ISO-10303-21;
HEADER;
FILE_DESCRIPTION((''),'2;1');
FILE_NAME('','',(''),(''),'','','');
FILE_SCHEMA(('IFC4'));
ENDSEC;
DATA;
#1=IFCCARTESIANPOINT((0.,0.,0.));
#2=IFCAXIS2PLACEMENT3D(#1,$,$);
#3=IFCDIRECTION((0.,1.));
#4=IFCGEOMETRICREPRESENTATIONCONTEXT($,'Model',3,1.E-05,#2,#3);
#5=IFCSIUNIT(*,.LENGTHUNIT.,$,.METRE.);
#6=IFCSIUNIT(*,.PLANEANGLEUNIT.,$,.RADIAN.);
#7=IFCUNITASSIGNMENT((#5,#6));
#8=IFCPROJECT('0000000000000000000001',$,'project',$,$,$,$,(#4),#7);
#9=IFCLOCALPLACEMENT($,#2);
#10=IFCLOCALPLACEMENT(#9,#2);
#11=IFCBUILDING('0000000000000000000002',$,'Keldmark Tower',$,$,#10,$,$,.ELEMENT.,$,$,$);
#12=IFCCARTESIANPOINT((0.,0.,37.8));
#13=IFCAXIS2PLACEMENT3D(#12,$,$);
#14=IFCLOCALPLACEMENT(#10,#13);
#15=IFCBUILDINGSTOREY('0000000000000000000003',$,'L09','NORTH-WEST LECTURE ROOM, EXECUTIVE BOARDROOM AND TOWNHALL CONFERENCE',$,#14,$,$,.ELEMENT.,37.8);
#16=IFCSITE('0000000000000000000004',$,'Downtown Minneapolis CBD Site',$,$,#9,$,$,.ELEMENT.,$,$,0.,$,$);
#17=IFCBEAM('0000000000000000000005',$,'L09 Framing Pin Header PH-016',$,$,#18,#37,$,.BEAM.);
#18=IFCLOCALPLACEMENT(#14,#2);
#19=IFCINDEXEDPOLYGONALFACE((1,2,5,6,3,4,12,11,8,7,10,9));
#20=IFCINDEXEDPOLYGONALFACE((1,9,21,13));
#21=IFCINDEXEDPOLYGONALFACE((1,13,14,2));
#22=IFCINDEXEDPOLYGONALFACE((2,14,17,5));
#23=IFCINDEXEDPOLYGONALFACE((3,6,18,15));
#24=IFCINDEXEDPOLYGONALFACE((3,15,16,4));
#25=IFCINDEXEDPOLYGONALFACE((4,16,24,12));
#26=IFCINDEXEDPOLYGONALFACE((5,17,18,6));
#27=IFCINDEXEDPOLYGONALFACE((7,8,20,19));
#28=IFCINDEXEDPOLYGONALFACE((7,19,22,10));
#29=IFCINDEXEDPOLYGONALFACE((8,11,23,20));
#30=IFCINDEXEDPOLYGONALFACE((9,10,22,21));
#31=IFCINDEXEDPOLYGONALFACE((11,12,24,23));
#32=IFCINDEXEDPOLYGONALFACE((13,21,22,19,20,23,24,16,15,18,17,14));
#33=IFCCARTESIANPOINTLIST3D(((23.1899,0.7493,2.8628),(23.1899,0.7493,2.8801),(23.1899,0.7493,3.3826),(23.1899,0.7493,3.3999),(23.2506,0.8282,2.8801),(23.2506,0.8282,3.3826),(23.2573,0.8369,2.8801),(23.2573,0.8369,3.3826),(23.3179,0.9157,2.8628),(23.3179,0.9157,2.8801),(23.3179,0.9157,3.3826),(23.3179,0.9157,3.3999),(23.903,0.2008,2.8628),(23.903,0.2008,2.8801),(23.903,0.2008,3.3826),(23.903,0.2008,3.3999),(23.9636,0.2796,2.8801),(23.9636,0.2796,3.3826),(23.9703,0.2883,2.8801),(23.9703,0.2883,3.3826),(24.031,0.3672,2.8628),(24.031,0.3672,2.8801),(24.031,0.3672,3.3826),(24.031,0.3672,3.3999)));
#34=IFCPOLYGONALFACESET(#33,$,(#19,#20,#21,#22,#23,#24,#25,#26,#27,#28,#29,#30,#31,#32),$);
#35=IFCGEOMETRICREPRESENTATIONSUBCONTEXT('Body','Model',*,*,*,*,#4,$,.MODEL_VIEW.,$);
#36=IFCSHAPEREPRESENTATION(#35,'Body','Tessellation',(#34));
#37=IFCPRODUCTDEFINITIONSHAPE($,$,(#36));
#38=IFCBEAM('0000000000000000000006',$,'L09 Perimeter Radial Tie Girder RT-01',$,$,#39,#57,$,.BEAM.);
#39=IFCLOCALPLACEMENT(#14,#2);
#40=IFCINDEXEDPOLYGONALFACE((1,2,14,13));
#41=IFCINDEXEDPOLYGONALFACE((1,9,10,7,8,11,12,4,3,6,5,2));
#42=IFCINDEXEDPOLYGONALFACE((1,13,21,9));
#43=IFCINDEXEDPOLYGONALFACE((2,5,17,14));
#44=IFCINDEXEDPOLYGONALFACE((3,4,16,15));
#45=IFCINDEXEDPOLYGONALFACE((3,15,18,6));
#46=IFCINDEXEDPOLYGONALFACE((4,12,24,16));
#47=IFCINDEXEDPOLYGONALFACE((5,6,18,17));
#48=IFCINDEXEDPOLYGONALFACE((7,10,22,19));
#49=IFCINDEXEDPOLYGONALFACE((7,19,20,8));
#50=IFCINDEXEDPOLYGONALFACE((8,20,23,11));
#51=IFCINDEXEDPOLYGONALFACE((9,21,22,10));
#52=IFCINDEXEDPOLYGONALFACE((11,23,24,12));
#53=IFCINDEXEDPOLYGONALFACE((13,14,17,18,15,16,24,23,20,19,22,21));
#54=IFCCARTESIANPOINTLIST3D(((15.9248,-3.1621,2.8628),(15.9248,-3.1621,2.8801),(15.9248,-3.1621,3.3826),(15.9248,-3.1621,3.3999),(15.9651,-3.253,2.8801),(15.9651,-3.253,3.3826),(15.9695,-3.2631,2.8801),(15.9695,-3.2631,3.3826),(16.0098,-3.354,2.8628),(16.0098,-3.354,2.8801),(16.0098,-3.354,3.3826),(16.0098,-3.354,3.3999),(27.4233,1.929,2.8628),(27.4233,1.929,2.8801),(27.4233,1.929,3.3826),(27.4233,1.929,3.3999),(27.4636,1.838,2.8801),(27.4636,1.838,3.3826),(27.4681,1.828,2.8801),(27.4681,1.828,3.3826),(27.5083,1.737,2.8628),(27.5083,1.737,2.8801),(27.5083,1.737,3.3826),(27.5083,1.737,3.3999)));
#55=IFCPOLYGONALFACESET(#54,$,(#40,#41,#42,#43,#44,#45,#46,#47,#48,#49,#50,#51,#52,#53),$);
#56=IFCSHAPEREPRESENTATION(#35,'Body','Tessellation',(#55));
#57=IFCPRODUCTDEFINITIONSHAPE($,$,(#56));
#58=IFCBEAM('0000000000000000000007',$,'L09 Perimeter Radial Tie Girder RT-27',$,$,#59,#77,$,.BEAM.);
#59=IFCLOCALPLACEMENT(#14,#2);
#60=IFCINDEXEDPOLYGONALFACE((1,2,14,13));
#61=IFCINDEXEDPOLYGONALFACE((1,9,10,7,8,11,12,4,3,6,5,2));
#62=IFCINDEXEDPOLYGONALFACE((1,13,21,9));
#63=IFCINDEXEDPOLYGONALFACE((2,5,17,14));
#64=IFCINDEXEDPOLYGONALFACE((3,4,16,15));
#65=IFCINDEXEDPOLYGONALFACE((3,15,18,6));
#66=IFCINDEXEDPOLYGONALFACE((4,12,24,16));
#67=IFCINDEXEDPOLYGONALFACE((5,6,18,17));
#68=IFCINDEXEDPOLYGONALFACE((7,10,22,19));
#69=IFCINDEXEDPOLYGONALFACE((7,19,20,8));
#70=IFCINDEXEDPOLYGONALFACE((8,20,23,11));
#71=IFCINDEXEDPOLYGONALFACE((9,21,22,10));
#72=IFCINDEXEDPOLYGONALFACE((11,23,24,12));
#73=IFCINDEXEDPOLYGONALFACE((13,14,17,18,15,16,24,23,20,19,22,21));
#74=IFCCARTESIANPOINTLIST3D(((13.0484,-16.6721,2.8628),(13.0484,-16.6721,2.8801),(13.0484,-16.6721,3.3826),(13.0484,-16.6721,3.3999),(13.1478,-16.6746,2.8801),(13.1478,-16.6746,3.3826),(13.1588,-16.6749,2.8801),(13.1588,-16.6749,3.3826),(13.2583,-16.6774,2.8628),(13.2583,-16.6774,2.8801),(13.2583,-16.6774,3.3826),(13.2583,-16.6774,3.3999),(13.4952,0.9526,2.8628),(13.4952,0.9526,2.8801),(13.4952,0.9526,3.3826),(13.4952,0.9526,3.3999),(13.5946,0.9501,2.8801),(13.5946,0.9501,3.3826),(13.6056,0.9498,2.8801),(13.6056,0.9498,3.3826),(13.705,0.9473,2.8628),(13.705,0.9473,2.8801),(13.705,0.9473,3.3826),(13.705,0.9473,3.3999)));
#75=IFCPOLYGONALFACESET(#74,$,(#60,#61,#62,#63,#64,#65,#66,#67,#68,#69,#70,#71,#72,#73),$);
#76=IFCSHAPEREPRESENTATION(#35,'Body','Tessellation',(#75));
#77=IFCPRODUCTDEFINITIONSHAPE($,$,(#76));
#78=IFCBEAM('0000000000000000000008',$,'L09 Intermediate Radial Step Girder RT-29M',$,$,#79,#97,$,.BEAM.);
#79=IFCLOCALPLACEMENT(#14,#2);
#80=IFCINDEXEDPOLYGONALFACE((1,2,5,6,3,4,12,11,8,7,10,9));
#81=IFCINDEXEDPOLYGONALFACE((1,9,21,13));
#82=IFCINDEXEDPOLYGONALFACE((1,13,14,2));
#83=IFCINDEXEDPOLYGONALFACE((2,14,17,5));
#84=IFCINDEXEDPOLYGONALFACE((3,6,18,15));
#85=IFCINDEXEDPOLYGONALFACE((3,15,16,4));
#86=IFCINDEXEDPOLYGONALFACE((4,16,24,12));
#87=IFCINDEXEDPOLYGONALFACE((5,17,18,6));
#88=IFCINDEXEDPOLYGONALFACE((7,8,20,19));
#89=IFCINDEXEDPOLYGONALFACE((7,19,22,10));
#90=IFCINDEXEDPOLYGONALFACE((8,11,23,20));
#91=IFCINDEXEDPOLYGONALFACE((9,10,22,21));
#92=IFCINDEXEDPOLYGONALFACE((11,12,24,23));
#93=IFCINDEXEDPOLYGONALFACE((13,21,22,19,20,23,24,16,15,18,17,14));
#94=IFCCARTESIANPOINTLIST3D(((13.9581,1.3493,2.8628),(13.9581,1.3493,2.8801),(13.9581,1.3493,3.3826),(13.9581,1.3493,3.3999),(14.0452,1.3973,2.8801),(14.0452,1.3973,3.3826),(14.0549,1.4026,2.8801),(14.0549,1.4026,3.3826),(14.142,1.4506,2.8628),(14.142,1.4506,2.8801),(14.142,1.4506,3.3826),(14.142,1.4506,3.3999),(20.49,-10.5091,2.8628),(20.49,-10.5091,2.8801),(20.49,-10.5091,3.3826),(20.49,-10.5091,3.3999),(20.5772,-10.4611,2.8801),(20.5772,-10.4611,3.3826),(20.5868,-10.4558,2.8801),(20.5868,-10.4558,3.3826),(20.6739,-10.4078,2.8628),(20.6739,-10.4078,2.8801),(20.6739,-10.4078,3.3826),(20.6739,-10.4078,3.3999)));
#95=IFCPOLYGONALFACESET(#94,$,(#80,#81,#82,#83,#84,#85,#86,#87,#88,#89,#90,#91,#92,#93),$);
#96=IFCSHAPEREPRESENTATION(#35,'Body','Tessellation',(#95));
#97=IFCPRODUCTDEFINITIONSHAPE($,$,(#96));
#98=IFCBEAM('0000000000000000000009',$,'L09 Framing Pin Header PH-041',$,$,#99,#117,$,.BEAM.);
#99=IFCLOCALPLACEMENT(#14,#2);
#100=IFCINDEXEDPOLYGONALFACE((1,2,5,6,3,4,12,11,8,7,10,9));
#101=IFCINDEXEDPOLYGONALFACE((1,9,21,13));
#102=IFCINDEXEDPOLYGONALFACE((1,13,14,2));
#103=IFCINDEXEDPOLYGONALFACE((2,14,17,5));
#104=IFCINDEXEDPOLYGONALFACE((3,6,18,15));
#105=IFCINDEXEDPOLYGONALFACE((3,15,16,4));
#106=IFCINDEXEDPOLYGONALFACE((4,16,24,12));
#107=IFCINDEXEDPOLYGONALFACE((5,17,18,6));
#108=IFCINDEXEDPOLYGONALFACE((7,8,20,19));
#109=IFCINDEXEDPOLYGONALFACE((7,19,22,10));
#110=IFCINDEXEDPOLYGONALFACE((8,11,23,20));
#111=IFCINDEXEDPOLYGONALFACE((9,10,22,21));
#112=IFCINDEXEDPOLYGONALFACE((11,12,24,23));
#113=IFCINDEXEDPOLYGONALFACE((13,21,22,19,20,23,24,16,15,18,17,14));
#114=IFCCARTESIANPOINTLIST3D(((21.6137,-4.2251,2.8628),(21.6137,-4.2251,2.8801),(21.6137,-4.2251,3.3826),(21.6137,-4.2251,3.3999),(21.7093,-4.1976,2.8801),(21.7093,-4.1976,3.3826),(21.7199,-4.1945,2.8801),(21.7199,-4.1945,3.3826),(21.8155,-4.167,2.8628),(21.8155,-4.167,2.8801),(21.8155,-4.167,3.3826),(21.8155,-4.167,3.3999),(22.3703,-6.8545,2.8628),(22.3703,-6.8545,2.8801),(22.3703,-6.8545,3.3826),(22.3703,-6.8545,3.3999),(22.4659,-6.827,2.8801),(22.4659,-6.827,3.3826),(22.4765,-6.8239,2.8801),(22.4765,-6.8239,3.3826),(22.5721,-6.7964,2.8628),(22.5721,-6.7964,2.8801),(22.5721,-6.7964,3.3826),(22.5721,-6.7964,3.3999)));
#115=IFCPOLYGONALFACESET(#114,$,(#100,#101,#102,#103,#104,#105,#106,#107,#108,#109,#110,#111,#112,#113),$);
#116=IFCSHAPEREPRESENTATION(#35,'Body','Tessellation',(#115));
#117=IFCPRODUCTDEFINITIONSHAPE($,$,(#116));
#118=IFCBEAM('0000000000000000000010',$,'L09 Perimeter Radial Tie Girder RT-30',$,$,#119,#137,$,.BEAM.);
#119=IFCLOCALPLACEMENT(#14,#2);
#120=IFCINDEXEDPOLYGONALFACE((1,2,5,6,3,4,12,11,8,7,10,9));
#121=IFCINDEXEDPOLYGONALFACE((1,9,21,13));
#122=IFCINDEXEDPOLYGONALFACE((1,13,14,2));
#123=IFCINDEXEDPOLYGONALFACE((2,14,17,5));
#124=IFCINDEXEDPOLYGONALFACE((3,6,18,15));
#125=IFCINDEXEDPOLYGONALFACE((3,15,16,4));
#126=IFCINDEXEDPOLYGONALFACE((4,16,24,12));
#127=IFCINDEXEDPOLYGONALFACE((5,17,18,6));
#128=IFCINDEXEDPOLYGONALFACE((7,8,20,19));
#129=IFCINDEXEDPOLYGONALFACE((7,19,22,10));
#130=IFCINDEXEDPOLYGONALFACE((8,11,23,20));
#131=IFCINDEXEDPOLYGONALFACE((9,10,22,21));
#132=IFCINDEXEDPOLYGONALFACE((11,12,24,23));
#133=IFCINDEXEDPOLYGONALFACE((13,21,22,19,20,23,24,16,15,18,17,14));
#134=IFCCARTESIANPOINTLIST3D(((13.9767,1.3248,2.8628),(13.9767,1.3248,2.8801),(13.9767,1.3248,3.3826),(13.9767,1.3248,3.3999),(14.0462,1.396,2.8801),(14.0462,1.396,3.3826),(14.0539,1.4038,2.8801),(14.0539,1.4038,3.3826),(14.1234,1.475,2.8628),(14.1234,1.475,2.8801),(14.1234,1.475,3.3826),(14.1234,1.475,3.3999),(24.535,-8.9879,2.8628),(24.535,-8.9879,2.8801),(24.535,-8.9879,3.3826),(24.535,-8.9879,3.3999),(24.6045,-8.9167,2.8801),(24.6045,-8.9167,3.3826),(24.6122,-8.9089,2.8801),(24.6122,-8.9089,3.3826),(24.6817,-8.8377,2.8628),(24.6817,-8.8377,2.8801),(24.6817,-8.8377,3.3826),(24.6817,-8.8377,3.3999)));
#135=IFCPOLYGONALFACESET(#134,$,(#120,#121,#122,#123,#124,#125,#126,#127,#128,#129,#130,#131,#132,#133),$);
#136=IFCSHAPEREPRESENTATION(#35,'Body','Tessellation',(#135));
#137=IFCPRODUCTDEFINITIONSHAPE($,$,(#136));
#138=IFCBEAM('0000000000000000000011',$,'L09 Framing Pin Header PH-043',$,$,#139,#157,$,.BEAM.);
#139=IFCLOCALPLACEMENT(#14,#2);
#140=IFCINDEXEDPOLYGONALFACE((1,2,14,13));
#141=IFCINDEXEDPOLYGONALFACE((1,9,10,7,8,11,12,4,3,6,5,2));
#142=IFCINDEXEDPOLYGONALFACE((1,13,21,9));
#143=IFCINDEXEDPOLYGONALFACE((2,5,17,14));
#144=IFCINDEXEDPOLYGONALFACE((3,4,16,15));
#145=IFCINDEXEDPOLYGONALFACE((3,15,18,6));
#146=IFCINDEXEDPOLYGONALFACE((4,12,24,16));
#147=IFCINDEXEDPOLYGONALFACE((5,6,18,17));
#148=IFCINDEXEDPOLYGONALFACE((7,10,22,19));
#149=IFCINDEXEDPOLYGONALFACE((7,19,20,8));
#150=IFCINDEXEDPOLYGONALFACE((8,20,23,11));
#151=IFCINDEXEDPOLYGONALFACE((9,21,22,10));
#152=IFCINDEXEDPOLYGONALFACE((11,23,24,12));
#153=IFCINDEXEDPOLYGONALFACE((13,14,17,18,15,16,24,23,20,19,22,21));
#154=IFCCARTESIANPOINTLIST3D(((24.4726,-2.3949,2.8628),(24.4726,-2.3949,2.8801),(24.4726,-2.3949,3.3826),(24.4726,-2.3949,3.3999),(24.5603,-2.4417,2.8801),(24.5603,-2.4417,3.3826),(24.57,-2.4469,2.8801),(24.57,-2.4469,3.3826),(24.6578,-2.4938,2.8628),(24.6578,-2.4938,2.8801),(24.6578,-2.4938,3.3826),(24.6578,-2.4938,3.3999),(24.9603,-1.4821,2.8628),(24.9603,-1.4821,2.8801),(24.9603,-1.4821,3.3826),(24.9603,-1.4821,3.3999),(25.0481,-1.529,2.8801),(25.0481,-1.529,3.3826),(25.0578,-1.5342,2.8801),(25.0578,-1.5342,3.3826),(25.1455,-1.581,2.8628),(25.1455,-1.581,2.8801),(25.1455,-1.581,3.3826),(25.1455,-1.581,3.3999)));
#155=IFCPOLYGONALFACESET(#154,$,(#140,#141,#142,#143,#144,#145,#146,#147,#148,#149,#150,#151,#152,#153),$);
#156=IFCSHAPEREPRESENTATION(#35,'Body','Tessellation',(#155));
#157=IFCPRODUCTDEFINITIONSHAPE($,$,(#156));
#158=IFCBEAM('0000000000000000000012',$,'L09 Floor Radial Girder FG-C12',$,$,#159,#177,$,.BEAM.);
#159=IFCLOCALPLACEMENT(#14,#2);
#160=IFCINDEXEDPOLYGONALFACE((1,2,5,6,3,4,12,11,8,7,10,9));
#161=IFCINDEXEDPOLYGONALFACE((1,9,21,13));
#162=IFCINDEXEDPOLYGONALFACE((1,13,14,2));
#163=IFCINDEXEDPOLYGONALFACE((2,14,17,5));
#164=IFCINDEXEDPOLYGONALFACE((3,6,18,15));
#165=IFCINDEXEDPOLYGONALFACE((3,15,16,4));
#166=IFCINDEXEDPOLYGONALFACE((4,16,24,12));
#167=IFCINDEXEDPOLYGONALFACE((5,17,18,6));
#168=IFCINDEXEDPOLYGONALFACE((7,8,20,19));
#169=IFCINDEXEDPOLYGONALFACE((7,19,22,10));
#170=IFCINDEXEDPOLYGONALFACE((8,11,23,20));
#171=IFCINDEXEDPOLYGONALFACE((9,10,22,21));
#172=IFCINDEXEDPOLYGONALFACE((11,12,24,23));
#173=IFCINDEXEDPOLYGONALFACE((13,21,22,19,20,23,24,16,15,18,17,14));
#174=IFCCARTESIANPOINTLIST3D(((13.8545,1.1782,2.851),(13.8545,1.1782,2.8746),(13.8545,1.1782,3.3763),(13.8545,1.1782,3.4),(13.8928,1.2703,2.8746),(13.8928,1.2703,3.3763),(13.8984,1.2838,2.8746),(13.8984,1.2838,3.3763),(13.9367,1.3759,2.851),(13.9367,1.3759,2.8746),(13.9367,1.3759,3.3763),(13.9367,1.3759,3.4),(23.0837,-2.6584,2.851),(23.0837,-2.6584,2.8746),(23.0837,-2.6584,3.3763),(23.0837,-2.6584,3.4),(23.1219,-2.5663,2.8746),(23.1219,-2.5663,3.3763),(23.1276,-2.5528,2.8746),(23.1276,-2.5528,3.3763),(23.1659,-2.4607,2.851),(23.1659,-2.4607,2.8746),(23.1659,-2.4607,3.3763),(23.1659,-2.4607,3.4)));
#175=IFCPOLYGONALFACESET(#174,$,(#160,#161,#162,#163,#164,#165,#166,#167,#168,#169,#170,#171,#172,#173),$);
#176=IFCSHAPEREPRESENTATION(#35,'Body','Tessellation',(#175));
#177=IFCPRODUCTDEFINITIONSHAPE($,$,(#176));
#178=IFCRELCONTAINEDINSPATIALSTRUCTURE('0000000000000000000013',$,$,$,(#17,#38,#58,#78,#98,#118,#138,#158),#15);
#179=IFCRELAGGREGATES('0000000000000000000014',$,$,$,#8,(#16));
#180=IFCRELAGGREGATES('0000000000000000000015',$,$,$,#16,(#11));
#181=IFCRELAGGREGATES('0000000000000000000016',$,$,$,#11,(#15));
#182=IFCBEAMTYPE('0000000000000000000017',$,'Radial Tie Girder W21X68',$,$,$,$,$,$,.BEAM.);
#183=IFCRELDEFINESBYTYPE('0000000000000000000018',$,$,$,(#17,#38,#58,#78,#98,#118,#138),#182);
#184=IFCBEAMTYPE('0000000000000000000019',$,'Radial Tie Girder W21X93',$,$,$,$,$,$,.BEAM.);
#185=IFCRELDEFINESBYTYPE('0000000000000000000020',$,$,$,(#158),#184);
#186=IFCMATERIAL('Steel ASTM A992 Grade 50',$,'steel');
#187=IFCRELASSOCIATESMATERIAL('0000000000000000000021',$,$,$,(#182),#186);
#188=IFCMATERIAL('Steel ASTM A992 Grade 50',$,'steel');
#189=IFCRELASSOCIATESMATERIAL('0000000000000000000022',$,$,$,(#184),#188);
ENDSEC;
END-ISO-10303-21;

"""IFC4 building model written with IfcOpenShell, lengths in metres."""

from ifc_helpers import new_model, si_unit, direction, frame, origin, origin_2d, place, context, subcontext, project, spatial, i_section, extrude, material, material_profile, profile_set, type_object, element, save


model = new_model("IFC4")

# Units and contexts
model_context = context("Model", 3, precision=1e-05, world=origin(), true_north=direction((0.0, 1.0)))
body_context = subcontext(model_context, "Body", "Model", "MODEL_VIEW")
ifc_project = project(units=[si_unit("LENGTHUNIT", "METRE"), si_unit("PLANEANGLEUNIT", "RADIAN")], contexts=[model_context])

# Site, building, storey
site_placement = place(None, origin())
site = spatial("IfcSite", under=ifc_project, at=site_placement, Name="Downtown Minneapolis CBD Site", CompositionType="ELEMENT", RefElevation=0.0)
building_placement = place(site_placement, origin())
building = spatial("IfcBuilding", under=site, at=building_placement, Name="Keldmark Tower", CompositionType="ELEMENT")
storey_placement = place(building_placement, frame((0.0, 0.0, 37.8)))
storey = spatial("IfcBuildingStorey", under=building, at=storey_placement, Name="L09", Description="NORTH-WEST LECTURE ROOM, EXECUTIVE BOARDROOM AND TOWNHALL CONFERENCE", CompositionType="ELEMENT", Elevation=37.8)

# Beams
ifc_material_1 = material(Name="Steel ASTM A992 Grade 50", Category="steel")
ifc_material_profile_1 = material_profile(ifc_material_1, i_section(OverallWidth=0.21, OverallDepth=0.5371, WebThickness=0.011, FlangeThickness=0.0173, at=origin_2d()), Name="W21X68")
ifc_profile_set_1 = profile_set([ifc_material_profile_1], Name="Steel ASTM A992 Grade 50")
beam_type_1 = type_object("IfcBeamType", Name="Radial Tie Girder W21X68", PredefinedType="BEAM", material=ifc_profile_set_1)
beam_1_placement = place(storey_placement, frame((23.2539, 0.8325, 3.1313), z_axis=(0.792614, -0.609724, 0.0), x_axis=(0.609724, 0.792614, 0.0)))
element("IfcBeam", 1, at=beam_1_placement, inside=storey, type_object=beam_type_1, Name="L09 Framing Pin Header PH-016", PredefinedType="BEAM", context=body_context, shape_type="SweptSolid", body=[
    extrude(i_section(OverallWidth=0.21, OverallDepth=0.5371, WebThickness=0.011, FlangeThickness=0.0173, at=origin_2d()), origin(), (0.0, 0.0, 1.0), 0.8997),
])
beam_2_placement = place(storey_placement, frame((15.9673, -3.2581, 3.1313), z_axis=(0.914383, 0.40485, 0.0), x_axis=(-0.40485, 0.914383, 0.0)))
element("IfcBeam", 2, at=beam_2_placement, inside=storey, type_object=beam_type_1, Name="L09 Perimeter Radial Tie Girder RT-01", PredefinedType="BEAM", context=body_context, shape_type="SweptSolid", body=[
    extrude(i_section(OverallWidth=0.21, OverallDepth=0.5371, WebThickness=0.011, FlangeThickness=0.0173, at=origin_2d()), origin(), (0.0, 0.0, 1.0), 12.5752),
])
beam_3_placement = place(storey_placement, frame((13.6001, 0.95, 3.1313), z_axis=(-0.025341, -0.999679, 0.0), x_axis=(0.999679, -0.025341, 0.0)))
element("IfcBeam", 3, at=beam_3_placement, inside=storey, type_object=beam_type_1, Name="L09 Perimeter Radial Tie Girder RT-27", PredefinedType="BEAM", context=body_context, shape_type="SweptSolid", body=[
    extrude(i_section(OverallWidth=0.21, OverallDepth=0.5371, WebThickness=0.011, FlangeThickness=0.0173, at=origin_2d()), origin(), (0.0, 0.0, 1.0), 17.6304),
])
beam_4_placement = place(storey_placement, frame((14.05, 1.3999, 3.1313), z_axis=(0.482478, -0.875908, 0.0), x_axis=(0.875908, 0.482478, 0.0)))
element("IfcBeam", 4, at=beam_4_placement, inside=storey, type_object=beam_type_1, Name="L09 Intermediate Radial Step Girder RT-29M", PredefinedType="BEAM", context=body_context, shape_type="SweptSolid", body=[
    extrude(i_section(OverallWidth=0.21, OverallDepth=0.5371, WebThickness=0.011, FlangeThickness=0.0173, at=origin_2d()), origin(), (0.0, 0.0, 1.0), 13.5383),
])
beam_5_placement = place(storey_placement, frame((21.7146, -4.196, 3.1313), z_axis=(0.276524, -0.961007, 0.0), x_axis=(0.961007, 0.276524, 0.0)))
element("IfcBeam", 5, at=beam_5_placement, inside=storey, type_object=beam_type_1, Name="L09 Framing Pin Header PH-041", PredefinedType="BEAM", context=body_context, shape_type="SweptSolid", body=[
    extrude(i_section(OverallWidth=0.21, OverallDepth=0.5371, WebThickness=0.011, FlangeThickness=0.0173, at=origin_2d()), origin(), (0.0, 0.0, 1.0), 2.7361),
])
beam_6_placement = place(storey_placement, frame((14.05, 1.3999, 3.1313), z_axis=(0.715378, -0.698737, 0.0), x_axis=(0.698737, 0.715378, 0.0)))
element("IfcBeam", 6, at=beam_6_placement, inside=storey, type_object=beam_type_1, Name="L09 Perimeter Radial Tie Girder RT-30", PredefinedType="BEAM", context=body_context, shape_type="SweptSolid", body=[
    extrude(i_section(OverallWidth=0.21, OverallDepth=0.5371, WebThickness=0.011, FlangeThickness=0.0173, at=origin_2d()), origin(), (0.0, 0.0, 1.0), 14.759),
])
beam_7_placement = place(storey_placement, frame((24.5652, -2.4443, 3.1313), z_axis=(0.471298, 0.881974, 0.0), x_axis=(-0.881974, 0.471298, 0.0)))
element("IfcBeam", 7, at=beam_7_placement, inside=storey, type_object=beam_type_1, Name="L09 Framing Pin Header PH-043", PredefinedType="BEAM", context=body_context, shape_type="SweptSolid", body=[
    extrude(i_section(OverallWidth=0.21, OverallDepth=0.5371, WebThickness=0.011, FlangeThickness=0.0173, at=origin_2d()), origin(), (0.0, 0.0, 1.0), 1.0349),
])
ifc_material_2 = material(Name="Steel ASTM A992 Grade 50", Category="steel")
ifc_material_profile_2 = material_profile(ifc_material_2, i_section(OverallWidth=0.2141, OverallDepth=0.5491, WebThickness=0.0146, FlangeThickness=0.0237, at=origin_2d()), Name="W21X93")
ifc_profile_set_2 = profile_set([ifc_material_profile_2], Name="Steel ASTM A992 Grade 50")
beam_type_2 = type_object("IfcBeamType", Name="Radial Tie Girder W21X93", PredefinedType="BEAM", material=ifc_profile_set_2)
beam_8_placement = place(storey_placement, frame((23.1248, -2.5596, 3.1255), z_axis=(-0.923391, 0.383861, 0.0), x_axis=(-0.383861, -0.923391, 0.0)))
element("IfcBeam", 8, at=beam_8_placement, inside=storey, type_object=beam_type_2, Name="L09 Floor Radial Girder FG-C12", PredefinedType="BEAM", context=body_context, shape_type="SweptSolid", body=[
    extrude(i_section(OverallWidth=0.2141, OverallDepth=0.5491, WebThickness=0.0146, FlangeThickness=0.0237, at=origin_2d()), origin(), (0.0, 0.0, 1.0), 9.9949),
])

save(model, "model.ifc")
